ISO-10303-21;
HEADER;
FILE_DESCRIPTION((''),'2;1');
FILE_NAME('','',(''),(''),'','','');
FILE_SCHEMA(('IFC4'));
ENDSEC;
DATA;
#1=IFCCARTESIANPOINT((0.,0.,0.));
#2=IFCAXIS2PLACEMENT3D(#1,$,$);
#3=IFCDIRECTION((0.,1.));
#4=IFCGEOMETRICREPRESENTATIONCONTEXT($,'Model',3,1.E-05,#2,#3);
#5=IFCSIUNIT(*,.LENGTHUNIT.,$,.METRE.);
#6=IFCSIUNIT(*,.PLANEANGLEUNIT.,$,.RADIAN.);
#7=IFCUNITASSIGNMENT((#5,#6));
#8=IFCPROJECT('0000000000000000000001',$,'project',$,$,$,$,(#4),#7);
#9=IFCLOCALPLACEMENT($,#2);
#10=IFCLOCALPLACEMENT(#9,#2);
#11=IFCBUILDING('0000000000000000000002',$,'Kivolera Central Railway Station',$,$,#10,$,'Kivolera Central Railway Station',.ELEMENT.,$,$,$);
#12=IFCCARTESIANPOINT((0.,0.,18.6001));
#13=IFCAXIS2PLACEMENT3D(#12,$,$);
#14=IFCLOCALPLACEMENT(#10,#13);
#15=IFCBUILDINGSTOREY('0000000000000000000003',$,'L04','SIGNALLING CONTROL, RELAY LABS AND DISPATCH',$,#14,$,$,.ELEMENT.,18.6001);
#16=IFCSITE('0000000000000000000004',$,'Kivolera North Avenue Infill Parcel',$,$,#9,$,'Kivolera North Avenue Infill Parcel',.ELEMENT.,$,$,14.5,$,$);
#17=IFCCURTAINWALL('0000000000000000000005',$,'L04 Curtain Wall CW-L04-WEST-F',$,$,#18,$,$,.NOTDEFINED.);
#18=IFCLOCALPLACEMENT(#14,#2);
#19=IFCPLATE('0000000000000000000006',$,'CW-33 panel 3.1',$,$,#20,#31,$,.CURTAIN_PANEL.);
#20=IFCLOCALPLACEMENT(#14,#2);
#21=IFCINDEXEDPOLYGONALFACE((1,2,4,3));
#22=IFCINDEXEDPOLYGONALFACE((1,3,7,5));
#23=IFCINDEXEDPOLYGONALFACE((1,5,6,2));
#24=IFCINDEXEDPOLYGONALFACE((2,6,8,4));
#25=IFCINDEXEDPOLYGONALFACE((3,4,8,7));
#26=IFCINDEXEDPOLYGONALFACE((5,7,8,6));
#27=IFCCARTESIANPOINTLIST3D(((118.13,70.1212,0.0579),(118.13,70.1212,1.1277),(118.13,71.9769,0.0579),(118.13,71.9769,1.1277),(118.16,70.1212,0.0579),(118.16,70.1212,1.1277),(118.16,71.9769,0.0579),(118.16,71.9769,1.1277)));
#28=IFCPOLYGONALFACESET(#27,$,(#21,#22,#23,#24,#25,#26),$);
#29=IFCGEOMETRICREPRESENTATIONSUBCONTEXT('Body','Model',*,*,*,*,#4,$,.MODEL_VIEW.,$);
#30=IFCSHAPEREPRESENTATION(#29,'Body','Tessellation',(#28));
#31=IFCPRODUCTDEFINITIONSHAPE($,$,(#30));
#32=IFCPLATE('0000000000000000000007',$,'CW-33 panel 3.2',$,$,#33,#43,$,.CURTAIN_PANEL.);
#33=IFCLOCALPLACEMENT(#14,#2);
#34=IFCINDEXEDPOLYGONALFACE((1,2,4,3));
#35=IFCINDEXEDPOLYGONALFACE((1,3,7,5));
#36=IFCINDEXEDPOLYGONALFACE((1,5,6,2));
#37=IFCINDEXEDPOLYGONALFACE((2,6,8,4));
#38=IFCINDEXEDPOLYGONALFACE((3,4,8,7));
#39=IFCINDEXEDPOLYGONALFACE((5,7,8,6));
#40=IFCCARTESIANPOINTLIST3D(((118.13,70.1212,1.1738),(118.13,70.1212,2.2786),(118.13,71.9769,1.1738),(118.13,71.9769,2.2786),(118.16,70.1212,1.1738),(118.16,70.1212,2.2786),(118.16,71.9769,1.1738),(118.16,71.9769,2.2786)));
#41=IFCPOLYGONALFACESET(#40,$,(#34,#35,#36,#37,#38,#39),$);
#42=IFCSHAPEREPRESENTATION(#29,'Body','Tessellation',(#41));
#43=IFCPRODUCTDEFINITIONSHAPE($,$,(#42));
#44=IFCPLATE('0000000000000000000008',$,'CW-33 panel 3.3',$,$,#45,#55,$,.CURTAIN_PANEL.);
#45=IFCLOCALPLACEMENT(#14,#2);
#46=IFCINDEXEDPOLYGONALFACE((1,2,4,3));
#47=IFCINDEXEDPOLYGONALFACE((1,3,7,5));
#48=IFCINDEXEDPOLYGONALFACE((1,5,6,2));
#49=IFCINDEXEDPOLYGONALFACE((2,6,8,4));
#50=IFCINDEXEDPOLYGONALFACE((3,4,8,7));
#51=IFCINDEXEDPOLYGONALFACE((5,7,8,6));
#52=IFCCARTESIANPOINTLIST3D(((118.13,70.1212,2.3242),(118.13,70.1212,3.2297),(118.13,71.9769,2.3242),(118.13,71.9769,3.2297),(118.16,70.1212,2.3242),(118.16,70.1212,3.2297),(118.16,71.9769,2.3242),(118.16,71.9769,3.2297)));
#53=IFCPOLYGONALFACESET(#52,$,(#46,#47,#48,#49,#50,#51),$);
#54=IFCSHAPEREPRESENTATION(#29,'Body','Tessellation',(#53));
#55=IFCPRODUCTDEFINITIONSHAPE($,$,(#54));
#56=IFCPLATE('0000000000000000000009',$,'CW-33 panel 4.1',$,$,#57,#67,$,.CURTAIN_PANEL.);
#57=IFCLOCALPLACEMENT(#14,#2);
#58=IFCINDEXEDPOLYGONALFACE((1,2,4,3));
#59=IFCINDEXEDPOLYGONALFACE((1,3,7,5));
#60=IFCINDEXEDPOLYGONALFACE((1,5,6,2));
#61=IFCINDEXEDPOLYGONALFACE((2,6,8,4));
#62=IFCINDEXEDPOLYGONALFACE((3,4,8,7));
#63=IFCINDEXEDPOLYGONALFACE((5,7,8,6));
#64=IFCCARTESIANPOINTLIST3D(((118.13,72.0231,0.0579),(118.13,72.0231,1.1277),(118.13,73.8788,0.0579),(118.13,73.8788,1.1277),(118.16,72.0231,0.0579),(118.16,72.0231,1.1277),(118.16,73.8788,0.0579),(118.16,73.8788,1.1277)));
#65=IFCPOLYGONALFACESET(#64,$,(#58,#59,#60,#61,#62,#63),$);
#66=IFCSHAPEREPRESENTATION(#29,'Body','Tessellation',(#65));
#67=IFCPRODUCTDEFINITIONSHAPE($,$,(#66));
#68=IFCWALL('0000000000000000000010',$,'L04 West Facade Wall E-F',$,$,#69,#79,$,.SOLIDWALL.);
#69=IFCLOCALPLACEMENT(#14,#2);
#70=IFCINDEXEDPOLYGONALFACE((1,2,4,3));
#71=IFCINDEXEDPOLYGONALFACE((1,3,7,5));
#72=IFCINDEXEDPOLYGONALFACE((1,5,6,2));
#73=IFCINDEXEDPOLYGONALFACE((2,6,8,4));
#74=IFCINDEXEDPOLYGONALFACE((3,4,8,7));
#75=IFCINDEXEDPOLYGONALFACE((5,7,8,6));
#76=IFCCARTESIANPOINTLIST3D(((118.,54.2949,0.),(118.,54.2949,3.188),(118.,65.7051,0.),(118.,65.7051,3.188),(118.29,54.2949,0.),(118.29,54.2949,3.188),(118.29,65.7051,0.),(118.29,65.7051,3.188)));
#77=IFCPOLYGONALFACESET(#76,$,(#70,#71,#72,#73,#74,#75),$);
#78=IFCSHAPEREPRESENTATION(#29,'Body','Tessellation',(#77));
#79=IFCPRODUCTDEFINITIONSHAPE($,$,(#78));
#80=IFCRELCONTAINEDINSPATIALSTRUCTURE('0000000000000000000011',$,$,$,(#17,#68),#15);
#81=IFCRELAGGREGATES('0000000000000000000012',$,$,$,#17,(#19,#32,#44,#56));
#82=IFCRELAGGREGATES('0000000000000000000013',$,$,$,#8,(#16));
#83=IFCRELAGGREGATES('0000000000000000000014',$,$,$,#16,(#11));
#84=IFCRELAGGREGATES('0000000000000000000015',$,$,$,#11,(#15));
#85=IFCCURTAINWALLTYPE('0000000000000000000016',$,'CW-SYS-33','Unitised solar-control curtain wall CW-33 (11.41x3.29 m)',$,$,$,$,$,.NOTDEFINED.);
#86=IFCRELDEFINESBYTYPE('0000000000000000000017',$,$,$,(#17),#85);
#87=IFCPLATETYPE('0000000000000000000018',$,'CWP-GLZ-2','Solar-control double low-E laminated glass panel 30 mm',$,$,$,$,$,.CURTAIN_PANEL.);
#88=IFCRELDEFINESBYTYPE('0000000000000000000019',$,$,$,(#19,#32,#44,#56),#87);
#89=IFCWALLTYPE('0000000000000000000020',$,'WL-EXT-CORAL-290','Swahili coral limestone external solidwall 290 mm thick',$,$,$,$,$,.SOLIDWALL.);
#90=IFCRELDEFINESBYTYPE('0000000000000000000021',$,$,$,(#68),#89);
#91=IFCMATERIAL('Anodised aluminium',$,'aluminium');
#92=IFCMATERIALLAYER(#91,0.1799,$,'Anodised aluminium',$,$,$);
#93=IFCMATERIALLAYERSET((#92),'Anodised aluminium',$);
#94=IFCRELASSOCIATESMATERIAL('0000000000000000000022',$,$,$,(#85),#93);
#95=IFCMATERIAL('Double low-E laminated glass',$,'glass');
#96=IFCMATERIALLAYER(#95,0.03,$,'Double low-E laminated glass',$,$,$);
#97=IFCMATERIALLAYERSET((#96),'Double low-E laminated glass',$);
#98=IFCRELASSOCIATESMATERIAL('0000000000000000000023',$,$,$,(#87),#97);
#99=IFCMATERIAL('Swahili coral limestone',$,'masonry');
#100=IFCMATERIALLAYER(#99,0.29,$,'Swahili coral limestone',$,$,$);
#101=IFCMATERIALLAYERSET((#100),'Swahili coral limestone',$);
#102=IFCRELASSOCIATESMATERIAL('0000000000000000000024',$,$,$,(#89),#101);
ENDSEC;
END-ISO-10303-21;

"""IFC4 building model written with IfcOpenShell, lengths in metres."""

from ifc_helpers import new_model, si_unit, direction, frame, frame_2d, origin, origin_2d, place, context, subcontext, project, spatial, rectangle, extrude, material, layer, layer_set, type_object, element, aggregate, save


model = new_model("IFC4")

# Units and contexts
model_context = context("Model", 3, precision=1e-05, world=origin(), true_north=direction((0.0, 1.0)))
body_context = subcontext(model_context, "Body", "Model", "MODEL_VIEW")
ifc_project = project(units=[si_unit("LENGTHUNIT", "METRE"), si_unit("PLANEANGLEUNIT", "RADIAN")], contexts=[model_context])

# Site, building, storey
site_placement = place(None, origin())
site = spatial("IfcSite", under=ifc_project, at=site_placement, Name="Kivolera North Avenue Infill Parcel", LongName="Kivolera North Avenue Infill Parcel", CompositionType="ELEMENT", RefElevation=14.5)
building_placement = place(site_placement, origin())
building = spatial("IfcBuilding", under=site, at=building_placement, Name="Kivolera Central Railway Station", LongName="Kivolera Central Railway Station", CompositionType="ELEMENT")
storey_placement = place(building_placement, frame((0.0, 0.0, 18.6001)))
storey = spatial("IfcBuildingStorey", under=building, at=storey_placement, Name="L04", Description="SIGNALLING CONTROL, RELAY LABS AND DISPATCH", CompositionType="ELEMENT", Elevation=18.6001)

# Curtain wall, plates
ifc_material_1 = material(Name="Anodised aluminium", Category="aluminium")
ifc_layer_1 = layer(ifc_material_1, 0.1799, Name="Anodised aluminium")
ifc_layer_set_1 = layer_set([ifc_layer_1], Name="Anodised aluminium")
curtain_wall_type = type_object("IfcCurtainWallType", Name="CW-SYS-33", Description="Unitised solar-control curtain wall CW-33 (11.41x3.29 m)", PredefinedType="NOTDEFINED", material=ifc_layer_set_1)
curtain_wall_placement = place(storey_placement, origin())
curtain_wall = element("IfcCurtainWall", 1, at=curtain_wall_placement, inside=storey, type_object=curtain_wall_type, Name="L04 Curtain Wall CW-L04-WEST-F", PredefinedType="NOTDEFINED")
ifc_material_2 = material(Name="Double low-E laminated glass", Category="glass")
ifc_layer_2 = layer(ifc_material_2, 0.03, Name="Double low-E laminated glass")
ifc_layer_set_2 = layer_set([ifc_layer_2], Name="Double low-E laminated glass")
plate_type = type_object("IfcPlateType", Name="CWP-GLZ-2", Description="Solar-control double low-E laminated glass panel 30 mm", PredefinedType="CURTAIN_PANEL", material=ifc_layer_set_2)
plate_1_placement = place(storey_placement, frame((118.145, 71.0491, 0.0579), z_axis=(0.0, 0.0, 1.0), x_axis=(0.0, 1.0, 0.0)))
plate_1 = element("IfcPlate", 2, at=plate_1_placement, type_object=plate_type, Name="CW-33 panel 3.1", PredefinedType="CURTAIN_PANEL", context=body_context, shape_type="SweptSolid", body=[
    extrude(rectangle(XDim=1.8557, YDim=0.03, at=origin_2d()), origin(), (0.0, 0.0, 1.0), 1.0698),
])
plate_2_placement = place(storey_placement, frame((118.145, 71.0491, 1.1738), z_axis=(0.0, 0.0, 1.0), x_axis=(0.0, 1.0, 0.0)))
plate_2 = element("IfcPlate", 3, at=plate_2_placement, type_object=plate_type, Name="CW-33 panel 3.2", PredefinedType="CURTAIN_PANEL", context=body_context, shape_type="SweptSolid", body=[
    extrude(rectangle(XDim=1.8557, YDim=0.03, at=origin_2d()), origin(), (0.0, 0.0, 1.0), 1.1047),
])
plate_3_placement = place(storey_placement, frame((118.145, 71.0491, 2.3242), z_axis=(0.0, 0.0, 1.0), x_axis=(0.0, 1.0, 0.0)))
plate_3 = element("IfcPlate", 4, at=plate_3_placement, type_object=plate_type, Name="CW-33 panel 3.3", PredefinedType="CURTAIN_PANEL", context=body_context, shape_type="SweptSolid", body=[
    extrude(rectangle(XDim=1.8557, YDim=0.03, at=origin_2d()), origin(), (0.0, 0.0, 1.0), 0.9055),
])
plate_4_placement = place(storey_placement, frame((118.145, 72.9509, 0.0579), z_axis=(0.0, 0.0, 1.0), x_axis=(0.0, 1.0, 0.0)))
plate_4 = element("IfcPlate", 5, at=plate_4_placement, type_object=plate_type, Name="CW-33 panel 4.1", PredefinedType="CURTAIN_PANEL", context=body_context, shape_type="SweptSolid", body=[
    extrude(rectangle(XDim=1.8557, YDim=0.03, at=origin_2d()), origin(), (0.0, 0.0, 1.0), 1.0698),
])
aggregate(curtain_wall, [plate_1, plate_2, plate_3, plate_4])

# Wall
ifc_material_3 = material(Name="Swahili coral limestone", Category="masonry")
ifc_layer_3 = layer(ifc_material_3, 0.29, Name="Swahili coral limestone")
ifc_layer_set_3 = layer_set([ifc_layer_3], Name="Swahili coral limestone")
wall_type = type_object("IfcWallType", Name="WL-EXT-CORAL-290", Description="Swahili coral limestone external solidwall 290 mm thick", PredefinedType="SOLIDWALL", material=ifc_layer_set_3)
wall_placement = place(storey_placement, frame((118.145, 54.2949, 0.0), z_axis=(0.0, 0.0, 1.0), x_axis=(0.0, 1.0, 0.0)))
element("IfcWall", 6, at=wall_placement, inside=storey, type_object=wall_type, Name="L04 West Facade Wall E-F", PredefinedType="SOLIDWALL", context=body_context, shape_type="SweptSolid", body=[
    extrude(rectangle(XDim=11.4102, YDim=0.29, at=frame_2d((5.7051, 0.0))), origin(), (0.0, 0.0, 1.0), 3.188),
])

save(model, "model.ifc")
